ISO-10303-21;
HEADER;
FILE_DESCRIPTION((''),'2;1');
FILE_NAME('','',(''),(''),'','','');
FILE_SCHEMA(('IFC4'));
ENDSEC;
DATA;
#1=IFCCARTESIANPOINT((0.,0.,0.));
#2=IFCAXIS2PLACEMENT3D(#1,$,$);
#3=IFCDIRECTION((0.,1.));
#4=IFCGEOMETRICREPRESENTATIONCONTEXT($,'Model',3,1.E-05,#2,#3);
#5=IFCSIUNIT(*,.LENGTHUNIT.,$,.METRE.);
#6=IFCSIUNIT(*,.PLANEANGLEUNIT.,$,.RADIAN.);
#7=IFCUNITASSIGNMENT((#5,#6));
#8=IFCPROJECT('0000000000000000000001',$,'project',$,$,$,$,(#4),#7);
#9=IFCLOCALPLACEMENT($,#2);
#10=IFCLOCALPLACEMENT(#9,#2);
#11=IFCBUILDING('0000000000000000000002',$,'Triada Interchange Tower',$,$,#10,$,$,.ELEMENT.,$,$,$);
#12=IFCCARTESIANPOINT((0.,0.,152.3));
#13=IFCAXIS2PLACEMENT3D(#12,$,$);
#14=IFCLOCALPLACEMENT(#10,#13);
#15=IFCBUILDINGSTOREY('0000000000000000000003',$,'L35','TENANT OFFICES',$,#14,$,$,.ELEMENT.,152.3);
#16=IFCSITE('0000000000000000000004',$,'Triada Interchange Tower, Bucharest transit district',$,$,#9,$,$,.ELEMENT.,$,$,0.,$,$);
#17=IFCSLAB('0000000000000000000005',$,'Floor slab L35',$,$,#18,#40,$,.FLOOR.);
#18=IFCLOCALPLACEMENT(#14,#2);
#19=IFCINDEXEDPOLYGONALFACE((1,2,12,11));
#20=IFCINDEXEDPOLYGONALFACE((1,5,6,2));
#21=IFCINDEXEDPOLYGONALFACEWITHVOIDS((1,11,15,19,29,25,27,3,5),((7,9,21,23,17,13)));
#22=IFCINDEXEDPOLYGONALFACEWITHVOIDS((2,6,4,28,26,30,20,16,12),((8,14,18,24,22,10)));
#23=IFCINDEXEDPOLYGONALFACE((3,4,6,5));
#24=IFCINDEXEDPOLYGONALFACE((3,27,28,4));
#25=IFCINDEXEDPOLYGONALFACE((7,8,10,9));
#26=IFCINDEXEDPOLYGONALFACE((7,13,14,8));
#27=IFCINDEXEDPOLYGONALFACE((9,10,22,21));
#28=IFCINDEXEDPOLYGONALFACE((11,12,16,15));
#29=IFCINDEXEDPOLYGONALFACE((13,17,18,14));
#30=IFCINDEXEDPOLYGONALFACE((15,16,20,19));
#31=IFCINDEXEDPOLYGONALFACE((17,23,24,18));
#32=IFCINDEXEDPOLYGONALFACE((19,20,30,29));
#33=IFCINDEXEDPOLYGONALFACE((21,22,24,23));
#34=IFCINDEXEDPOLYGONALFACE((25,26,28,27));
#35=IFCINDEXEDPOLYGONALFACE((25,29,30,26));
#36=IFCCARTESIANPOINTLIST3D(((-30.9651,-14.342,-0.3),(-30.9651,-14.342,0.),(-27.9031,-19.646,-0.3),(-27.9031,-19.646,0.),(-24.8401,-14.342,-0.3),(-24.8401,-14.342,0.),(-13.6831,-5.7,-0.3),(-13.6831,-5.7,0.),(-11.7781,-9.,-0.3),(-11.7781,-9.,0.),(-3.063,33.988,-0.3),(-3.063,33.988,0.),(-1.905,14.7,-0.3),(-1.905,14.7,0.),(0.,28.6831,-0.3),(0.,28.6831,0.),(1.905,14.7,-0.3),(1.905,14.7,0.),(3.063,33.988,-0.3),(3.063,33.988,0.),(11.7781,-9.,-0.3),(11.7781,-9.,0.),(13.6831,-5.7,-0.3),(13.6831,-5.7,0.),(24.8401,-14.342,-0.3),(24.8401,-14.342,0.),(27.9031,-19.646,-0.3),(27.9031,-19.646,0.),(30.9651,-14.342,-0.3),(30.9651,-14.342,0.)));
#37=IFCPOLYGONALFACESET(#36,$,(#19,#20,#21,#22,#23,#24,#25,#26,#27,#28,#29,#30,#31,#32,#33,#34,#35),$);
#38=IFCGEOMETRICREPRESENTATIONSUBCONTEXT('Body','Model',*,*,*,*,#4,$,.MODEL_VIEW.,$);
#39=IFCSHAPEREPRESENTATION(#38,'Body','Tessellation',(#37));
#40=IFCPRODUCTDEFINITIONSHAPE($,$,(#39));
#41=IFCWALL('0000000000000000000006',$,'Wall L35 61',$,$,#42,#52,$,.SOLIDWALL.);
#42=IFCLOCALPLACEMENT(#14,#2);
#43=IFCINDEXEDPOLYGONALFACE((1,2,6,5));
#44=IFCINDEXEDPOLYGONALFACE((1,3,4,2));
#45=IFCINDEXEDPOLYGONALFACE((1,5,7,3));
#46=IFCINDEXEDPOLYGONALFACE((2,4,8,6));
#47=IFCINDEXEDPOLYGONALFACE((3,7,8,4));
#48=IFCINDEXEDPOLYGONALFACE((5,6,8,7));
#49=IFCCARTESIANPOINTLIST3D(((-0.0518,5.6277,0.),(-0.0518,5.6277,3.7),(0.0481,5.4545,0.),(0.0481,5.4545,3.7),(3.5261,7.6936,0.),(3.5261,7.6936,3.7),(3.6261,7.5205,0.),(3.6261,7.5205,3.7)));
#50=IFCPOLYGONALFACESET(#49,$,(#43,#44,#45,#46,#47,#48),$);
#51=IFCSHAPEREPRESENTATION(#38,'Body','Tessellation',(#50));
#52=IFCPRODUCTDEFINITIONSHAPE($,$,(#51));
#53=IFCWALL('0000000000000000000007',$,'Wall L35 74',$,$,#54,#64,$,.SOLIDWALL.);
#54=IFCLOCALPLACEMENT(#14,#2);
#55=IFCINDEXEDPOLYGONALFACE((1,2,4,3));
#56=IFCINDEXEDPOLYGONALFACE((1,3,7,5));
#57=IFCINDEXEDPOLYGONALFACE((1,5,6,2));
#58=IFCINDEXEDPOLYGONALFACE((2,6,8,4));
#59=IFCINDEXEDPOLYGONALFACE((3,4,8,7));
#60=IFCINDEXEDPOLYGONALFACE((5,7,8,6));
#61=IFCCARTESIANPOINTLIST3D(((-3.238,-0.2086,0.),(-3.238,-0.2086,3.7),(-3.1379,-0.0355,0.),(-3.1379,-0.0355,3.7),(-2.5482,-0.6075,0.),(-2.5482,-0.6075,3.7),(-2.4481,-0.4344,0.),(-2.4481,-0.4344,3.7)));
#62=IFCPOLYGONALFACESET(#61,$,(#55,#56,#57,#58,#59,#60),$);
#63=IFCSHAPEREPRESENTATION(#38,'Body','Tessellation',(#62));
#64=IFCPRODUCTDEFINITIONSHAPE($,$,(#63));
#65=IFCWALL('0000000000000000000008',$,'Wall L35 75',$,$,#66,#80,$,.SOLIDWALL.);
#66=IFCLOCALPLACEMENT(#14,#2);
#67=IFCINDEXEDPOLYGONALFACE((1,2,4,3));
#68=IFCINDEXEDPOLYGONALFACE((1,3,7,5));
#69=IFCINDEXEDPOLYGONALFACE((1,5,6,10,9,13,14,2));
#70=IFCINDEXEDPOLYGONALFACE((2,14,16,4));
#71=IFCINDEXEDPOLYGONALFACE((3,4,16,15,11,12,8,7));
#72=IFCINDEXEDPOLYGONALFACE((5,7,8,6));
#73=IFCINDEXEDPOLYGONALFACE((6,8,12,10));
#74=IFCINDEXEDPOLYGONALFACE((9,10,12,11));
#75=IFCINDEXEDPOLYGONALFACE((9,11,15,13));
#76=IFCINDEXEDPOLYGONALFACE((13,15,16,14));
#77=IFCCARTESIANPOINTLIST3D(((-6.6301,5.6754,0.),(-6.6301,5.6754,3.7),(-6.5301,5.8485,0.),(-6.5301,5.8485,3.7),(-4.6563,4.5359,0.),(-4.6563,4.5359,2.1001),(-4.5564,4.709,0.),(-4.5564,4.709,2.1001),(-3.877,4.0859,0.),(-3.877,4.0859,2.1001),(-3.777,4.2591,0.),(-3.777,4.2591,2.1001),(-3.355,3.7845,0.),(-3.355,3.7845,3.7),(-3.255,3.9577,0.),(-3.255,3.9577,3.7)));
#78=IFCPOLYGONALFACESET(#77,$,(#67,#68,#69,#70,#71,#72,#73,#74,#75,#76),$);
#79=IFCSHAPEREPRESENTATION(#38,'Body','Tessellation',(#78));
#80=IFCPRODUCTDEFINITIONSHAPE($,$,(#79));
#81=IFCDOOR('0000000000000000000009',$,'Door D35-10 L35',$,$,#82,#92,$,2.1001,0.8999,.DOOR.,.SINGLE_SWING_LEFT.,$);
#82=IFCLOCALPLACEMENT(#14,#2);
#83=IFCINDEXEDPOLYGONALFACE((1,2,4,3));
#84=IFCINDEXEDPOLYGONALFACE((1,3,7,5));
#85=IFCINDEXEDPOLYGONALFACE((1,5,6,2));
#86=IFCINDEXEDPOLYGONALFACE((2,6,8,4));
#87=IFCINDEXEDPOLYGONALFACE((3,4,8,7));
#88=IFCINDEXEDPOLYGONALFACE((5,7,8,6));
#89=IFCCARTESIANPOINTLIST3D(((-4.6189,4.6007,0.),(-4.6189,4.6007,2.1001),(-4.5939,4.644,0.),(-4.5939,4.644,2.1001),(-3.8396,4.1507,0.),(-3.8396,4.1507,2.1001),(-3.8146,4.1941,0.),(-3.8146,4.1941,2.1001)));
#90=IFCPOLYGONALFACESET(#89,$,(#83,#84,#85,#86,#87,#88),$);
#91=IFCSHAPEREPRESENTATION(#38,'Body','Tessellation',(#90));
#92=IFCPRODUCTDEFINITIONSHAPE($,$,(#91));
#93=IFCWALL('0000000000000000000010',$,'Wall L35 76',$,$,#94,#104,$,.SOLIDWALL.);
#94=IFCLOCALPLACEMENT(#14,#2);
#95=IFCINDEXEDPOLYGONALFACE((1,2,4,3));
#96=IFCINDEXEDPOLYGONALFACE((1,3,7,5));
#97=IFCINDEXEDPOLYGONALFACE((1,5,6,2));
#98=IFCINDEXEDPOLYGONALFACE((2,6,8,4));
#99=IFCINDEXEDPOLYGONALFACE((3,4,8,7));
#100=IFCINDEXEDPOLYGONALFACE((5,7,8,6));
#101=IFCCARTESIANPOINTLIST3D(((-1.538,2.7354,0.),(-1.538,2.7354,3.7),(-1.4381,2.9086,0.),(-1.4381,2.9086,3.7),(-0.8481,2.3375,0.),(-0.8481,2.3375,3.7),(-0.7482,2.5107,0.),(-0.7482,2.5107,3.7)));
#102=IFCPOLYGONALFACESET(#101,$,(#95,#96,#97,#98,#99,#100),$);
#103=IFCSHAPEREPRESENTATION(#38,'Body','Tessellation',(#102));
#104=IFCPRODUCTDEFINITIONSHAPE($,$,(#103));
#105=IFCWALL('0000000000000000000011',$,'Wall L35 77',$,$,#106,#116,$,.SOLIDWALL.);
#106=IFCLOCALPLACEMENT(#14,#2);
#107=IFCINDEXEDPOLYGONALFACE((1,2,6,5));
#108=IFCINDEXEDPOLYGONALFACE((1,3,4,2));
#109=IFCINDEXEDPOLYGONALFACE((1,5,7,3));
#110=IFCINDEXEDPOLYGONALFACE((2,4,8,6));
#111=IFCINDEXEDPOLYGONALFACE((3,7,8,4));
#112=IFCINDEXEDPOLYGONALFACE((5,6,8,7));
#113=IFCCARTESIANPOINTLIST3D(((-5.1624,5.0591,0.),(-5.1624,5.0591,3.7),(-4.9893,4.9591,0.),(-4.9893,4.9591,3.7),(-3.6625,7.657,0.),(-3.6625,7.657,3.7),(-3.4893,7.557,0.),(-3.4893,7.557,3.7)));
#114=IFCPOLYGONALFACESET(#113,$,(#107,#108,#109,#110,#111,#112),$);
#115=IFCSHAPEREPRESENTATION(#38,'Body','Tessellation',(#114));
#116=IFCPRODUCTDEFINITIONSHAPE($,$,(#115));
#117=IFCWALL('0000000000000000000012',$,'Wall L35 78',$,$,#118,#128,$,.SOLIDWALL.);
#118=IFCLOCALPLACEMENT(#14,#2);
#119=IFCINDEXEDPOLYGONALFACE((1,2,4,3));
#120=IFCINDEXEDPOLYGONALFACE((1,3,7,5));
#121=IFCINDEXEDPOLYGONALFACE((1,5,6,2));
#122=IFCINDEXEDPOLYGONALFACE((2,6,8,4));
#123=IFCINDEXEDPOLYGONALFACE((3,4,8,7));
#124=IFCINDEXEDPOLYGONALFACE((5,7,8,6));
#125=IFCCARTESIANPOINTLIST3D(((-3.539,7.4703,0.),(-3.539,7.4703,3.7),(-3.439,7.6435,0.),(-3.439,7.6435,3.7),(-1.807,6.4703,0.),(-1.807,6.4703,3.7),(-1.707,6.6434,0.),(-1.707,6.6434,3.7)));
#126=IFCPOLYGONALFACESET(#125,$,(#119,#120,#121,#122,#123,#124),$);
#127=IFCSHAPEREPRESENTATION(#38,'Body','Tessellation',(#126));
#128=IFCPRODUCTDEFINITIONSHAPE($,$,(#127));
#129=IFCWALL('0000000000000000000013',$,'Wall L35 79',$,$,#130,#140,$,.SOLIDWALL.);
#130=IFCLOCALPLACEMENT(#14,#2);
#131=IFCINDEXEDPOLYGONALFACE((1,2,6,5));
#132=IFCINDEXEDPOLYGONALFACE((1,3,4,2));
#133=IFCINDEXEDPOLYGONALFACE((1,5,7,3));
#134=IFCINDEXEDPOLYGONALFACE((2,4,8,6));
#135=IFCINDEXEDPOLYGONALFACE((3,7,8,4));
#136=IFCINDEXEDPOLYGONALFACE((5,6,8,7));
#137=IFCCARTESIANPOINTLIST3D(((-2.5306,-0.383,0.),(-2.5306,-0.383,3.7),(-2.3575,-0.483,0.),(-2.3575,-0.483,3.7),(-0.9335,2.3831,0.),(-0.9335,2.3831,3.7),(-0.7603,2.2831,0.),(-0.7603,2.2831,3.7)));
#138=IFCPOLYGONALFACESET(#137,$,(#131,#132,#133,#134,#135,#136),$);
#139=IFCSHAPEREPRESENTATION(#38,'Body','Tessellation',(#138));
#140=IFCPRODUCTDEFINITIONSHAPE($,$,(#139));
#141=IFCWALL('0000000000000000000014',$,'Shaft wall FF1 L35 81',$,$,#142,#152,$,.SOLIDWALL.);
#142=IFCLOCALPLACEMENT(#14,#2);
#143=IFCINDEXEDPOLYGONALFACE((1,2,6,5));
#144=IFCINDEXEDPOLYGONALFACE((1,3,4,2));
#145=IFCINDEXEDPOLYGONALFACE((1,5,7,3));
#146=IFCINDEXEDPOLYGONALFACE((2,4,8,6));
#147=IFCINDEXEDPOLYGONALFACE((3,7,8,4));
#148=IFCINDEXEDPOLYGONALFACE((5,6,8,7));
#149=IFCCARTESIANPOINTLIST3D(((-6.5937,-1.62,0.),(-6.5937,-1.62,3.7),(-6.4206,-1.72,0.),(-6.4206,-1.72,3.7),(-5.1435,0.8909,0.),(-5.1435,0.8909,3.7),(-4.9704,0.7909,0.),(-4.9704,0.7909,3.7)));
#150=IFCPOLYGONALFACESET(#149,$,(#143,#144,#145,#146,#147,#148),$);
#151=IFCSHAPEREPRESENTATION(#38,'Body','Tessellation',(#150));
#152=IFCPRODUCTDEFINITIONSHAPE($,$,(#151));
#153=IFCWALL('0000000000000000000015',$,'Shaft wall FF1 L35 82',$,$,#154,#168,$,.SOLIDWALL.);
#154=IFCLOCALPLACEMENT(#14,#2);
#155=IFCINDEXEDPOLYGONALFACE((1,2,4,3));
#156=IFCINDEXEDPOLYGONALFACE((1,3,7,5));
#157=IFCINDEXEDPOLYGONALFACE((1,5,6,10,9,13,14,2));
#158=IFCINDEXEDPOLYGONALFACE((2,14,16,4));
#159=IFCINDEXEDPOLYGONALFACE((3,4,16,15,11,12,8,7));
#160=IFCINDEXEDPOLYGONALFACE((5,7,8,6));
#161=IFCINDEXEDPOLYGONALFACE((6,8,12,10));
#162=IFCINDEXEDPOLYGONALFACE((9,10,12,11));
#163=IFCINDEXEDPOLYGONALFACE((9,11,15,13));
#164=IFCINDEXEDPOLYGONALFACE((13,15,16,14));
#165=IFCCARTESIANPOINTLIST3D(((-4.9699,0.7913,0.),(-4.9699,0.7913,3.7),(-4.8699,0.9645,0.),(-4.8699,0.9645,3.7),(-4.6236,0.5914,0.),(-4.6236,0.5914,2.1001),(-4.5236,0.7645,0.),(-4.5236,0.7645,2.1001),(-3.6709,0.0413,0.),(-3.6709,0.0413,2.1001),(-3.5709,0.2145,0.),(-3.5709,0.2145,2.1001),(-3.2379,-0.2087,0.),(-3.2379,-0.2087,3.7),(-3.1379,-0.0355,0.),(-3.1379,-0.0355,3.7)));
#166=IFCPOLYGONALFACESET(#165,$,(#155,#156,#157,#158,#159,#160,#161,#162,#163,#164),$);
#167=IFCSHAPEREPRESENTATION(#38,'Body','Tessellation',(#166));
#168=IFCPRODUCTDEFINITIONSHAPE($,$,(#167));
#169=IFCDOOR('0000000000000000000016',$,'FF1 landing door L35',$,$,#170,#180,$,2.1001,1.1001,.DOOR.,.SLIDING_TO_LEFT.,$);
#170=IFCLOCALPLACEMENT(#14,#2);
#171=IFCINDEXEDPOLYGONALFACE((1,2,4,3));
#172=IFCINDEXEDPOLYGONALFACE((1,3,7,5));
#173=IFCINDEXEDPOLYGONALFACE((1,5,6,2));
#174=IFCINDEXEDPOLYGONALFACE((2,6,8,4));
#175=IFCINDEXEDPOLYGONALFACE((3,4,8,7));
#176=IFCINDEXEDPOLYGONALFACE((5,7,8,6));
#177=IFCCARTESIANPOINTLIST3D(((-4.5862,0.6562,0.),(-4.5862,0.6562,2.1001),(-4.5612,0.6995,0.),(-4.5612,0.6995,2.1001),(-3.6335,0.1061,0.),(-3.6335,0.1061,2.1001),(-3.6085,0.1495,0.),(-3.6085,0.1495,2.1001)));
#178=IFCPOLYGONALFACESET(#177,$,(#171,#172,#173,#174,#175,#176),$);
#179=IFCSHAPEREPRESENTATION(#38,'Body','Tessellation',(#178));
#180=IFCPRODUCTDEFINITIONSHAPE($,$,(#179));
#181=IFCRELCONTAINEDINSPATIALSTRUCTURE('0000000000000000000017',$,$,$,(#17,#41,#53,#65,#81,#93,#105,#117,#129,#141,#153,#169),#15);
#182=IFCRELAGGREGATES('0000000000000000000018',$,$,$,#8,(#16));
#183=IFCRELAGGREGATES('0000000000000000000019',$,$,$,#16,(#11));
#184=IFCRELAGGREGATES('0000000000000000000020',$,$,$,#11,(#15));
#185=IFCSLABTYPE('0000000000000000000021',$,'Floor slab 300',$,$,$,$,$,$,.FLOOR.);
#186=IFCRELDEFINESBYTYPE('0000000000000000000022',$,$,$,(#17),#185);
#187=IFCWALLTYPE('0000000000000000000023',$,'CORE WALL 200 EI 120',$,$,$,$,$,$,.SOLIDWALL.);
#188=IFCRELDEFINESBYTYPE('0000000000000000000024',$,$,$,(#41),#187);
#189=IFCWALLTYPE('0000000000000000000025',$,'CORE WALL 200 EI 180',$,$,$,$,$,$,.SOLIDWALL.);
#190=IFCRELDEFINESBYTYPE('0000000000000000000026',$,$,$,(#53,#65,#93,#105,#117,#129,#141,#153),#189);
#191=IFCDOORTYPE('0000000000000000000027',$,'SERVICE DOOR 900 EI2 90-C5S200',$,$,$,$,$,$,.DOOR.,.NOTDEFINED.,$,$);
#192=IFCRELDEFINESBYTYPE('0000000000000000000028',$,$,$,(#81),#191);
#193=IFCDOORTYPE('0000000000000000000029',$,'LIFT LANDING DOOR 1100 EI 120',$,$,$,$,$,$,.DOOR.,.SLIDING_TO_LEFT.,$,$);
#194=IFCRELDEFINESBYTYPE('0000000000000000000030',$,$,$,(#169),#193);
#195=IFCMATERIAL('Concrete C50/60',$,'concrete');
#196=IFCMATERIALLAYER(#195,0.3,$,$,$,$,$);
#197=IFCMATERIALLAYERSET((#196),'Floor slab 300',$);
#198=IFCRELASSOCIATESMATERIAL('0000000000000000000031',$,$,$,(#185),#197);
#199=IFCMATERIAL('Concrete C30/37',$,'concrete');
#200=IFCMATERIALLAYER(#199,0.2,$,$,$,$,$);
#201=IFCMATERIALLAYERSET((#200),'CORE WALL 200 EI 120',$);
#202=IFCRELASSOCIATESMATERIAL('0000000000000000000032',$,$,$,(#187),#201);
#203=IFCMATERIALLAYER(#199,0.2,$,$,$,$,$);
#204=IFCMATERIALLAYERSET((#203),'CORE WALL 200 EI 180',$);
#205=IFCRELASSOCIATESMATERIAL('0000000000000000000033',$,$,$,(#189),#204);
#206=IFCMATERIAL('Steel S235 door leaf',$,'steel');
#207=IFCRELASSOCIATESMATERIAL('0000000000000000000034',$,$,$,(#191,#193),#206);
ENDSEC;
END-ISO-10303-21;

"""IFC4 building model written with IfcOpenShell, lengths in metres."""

from ifc_helpers import new_model, si_unit, direction, frame, frame_2d, origin, place, context, subcontext, project, spatial, polyline, rectangle, outline, extrude, material, layer, layer_set, type_object, element, fill, save


model = new_model("IFC4")

# Units and contexts
model_context = context("Model", 3, precision=1e-05, world=origin(), true_north=direction((0.0, 1.0)))
body_context = subcontext(model_context, "Body", "Model", "MODEL_VIEW")
ifc_project = project(units=[si_unit("LENGTHUNIT", "METRE"), si_unit("PLANEANGLEUNIT", "RADIAN")], contexts=[model_context])

# Site, building, storey
site_placement = place(None, origin())
site = spatial("IfcSite", under=ifc_project, at=site_placement, Name="Triada Interchange Tower, Bucharest transit district", CompositionType="ELEMENT", RefElevation=0.0)
building_placement = place(site_placement, origin())
building = spatial("IfcBuilding", under=site, at=building_placement, Name="Triada Interchange Tower", CompositionType="ELEMENT")
storey_placement = place(building_placement, frame((0.0, 0.0, 152.3)))
storey = spatial("IfcBuildingStorey", under=building, at=storey_placement, Name="L35", Description="TENANT OFFICES", CompositionType="ELEMENT", Elevation=152.3)

# Slab
ifc_material_1 = material(Name="Concrete C50/60", Category="concrete")
ifc_layer_1 = layer(ifc_material_1, 0.3)
ifc_layer_set_1 = layer_set([ifc_layer_1], Name="Floor slab 300")
slab_type = type_object("IfcSlabType", Name="Floor slab 300", PredefinedType="FLOOR", material=ifc_layer_set_1)
slab_placement = place(storey_placement, frame((0.0, 0.0, -0.3)))
element("IfcSlab", 1, at=slab_placement, inside=storey, type_object=slab_type, Name="Floor slab L35", PredefinedType="FLOOR", context=body_context, shape_type="SweptSolid", body=[
    extrude(outline(polyline([(-3.063, 33.988), (-30.9651, -14.342), (-24.8401, -14.342), (-27.9031, -19.646), (27.9031, -19.646), (24.8401, -14.342), (30.9651, -14.342), (3.063, 33.988), (0.0, 28.6831), (-3.063, 33.988)]), holes=[polyline([(1.905, 14.7), (-1.905, 14.7), (-13.6831, -5.7), (-11.7781, -9.0), (11.7781, -9.0), (13.6831, -5.7), (1.905, 14.7)])]), origin(), (0.0, 0.0, 1.0), 0.3),
])

# Walls
ifc_material_2 = material(Name="Concrete C30/37", Category="concrete")
ifc_layer_2 = layer(ifc_material_2, 0.2)
ifc_layer_set_2 = layer_set([ifc_layer_2], Name="CORE WALL 200 EI 120")
wall_type_1 = type_object("IfcWallType", Name="CORE WALL 200 EI 120", PredefinedType="SOLIDWALL", material=ifc_layer_set_2)
wall_1_placement = place(storey_placement, frame((-0.002, 5.541, 0.0), z_axis=(0.0, 0.0, 1.0), x_axis=(0.866002, 0.500041, 0.0)))
element("IfcWall", 2, at=wall_1_placement, inside=storey, type_object=wall_type_1, Name="Wall L35 61", PredefinedType="SOLIDWALL", context=body_context, shape_type="SweptSolid", body=[
    extrude(rectangle(XDim=4.1316, YDim=0.2, at=frame_2d((2.0659, 0.0))), origin(), (0.0, 0.0, 1.0), 3.7),
])
ifc_layer_3 = layer(ifc_material_2, 0.2)
ifc_layer_set_3 = layer_set([ifc_layer_3], Name="CORE WALL 200 EI 180")
wall_type_2 = type_object("IfcWallType", Name="CORE WALL 200 EI 180", PredefinedType="SOLIDWALL", material=ifc_layer_set_3)
wall_2_placement = place(storey_placement, frame((-3.188, -0.1221, 0.0), z_axis=(0.0, 0.0, 1.0), x_axis=(0.865706, -0.500553, 0.0)))
element("IfcWall", 3, at=wall_2_placement, inside=storey, type_object=wall_type_2, Name="Wall L35 74", PredefinedType="SOLIDWALL", context=body_context, shape_type="SweptSolid", body=[
    extrude(rectangle(XDim=0.7969, YDim=0.2, at=frame_2d((0.3984, 0.0))), origin(), (0.0, 0.0, 1.0), 3.7),
])

# Wall, opening, door
wall_3_placement = place(storey_placement, frame((-6.5801, 5.762, 0.0), z_axis=(0.0, 0.0, 1.0), x_axis=(0.86603, -0.499993, 0.0)))
wall_3 = element("IfcWall", 4, at=wall_3_placement, inside=storey, type_object=wall_type_2, Name="Wall L35 75", PredefinedType="SOLIDWALL", context=body_context, shape_type="SweptSolid", body=[
    extrude(rectangle(XDim=3.7817, YDim=0.2, at=frame_2d((1.8909, 0.0))), origin(), (0.0, 0.0, 1.0), 3.7),
])
opening_1_placement = place(wall_3_placement, frame((2.2791, 0.0, 0.0)))
opening_1 = element("IfcOpeningElement", 5, at=opening_1_placement, cuts=wall_3, PredefinedType="OPENING", context=body_context, shape_type="SweptSolid", body=[
    extrude(rectangle(XDim=0.8999, YDim=2.1001, at=frame_2d((0.45, 1.05))), frame((0.0, 0.1099, 0.0), z_axis=(0.0, -1.0, 0.0), x_axis=(1.0, 0.0, 0.0)), (0.0, 0.0, 1.0), 0.22),
])
ifc_material_3 = material(Name="Steel S235 door leaf", Category="steel")
door_type_1 = type_object("IfcDoorType", Name="SERVICE DOOR 900 EI2 90-C5S200", OperationType="NOTDEFINED", PredefinedType="DOOR", material=ifc_material_3)
door_1_placement = place(opening_1_placement, origin())
door_1 = element("IfcDoor", 6, at=door_1_placement, inside=storey, type_object=door_type_1, Name="Door D35-10 L35", OperationType="SINGLE_SWING_LEFT", OverallHeight=2.1001, OverallWidth=0.8999, PredefinedType="DOOR", context=body_context, shape_type="SweptSolid", body=[
    extrude(rectangle(XDim=0.8999, YDim=2.1001, at=frame_2d((0.45, 1.05))), frame((0.0, 0.0249, 0.0), z_axis=(0.0, -1.0, 0.0), x_axis=(1.0, 0.0, 0.0)), (0.0, 0.0, 1.0), 0.05),
])
fill(opening_1, door_1)

# Walls
wall_4_placement = place(storey_placement, frame((-1.488, 2.822, 0.0), z_axis=(0.0, 0.0, 1.0), x_axis=(0.866237, -0.499634, 0.0)))
element("IfcWall", 7, at=wall_4_placement, inside=storey, type_object=wall_type_2, Name="Wall L35 76", PredefinedType="SOLIDWALL", context=body_context, shape_type="SweptSolid", body=[
    extrude(rectangle(XDim=0.7964, YDim=0.2, at=frame_2d((0.3982, 0.0))), origin(), (0.0, 0.0, 1.0), 3.7),
])
wall_5_placement = place(storey_placement, frame((-5.0759, 5.009, 0.0), z_axis=(0.0, 0.0, 1.0), x_axis=(0.500025, 0.866011, 0.0)))
element("IfcWall", 8, at=wall_5_placement, inside=storey, type_object=wall_type_2, Name="Wall L35 77", PredefinedType="SOLIDWALL", context=body_context, shape_type="SweptSolid", body=[
    extrude(rectangle(XDim=2.9998, YDim=0.2, at=frame_2d((1.5, 0.0))), origin(), (0.0, 0.0, 1.0), 3.7),
])
wall_6_placement = place(storey_placement, frame((-3.489, 7.5569, 0.0), z_axis=(0.0, 0.0, 1.0), x_axis=(0.866011, -0.500025, 0.0)))
element("IfcWall", 9, at=wall_6_placement, inside=storey, type_object=wall_type_2, Name="Wall L35 78", PredefinedType="SOLIDWALL", context=body_context, shape_type="SweptSolid", body=[
    extrude(rectangle(XDim=2.0, YDim=0.2, at=frame_2d((1.0, 0.0))), origin(), (0.0, 0.0, 1.0), 3.7),
])
wall_7_placement = place(storey_placement, frame((-2.4441, -0.4331, 0.0), z_axis=(0.0, 0.0, 1.0), x_axis=(0.500036, 0.866005, 0.0)))
element("IfcWall", 10, at=wall_7_placement, inside=storey, type_object=wall_type_2, Name="Wall L35 79", PredefinedType="SOLIDWALL", context=body_context, shape_type="SweptSolid", body=[
    extrude(rectangle(XDim=3.1941, YDim=0.2, at=frame_2d((1.5972, 0.0))), origin(), (0.0, 0.0, 1.0), 3.7),
])
wall_8_placement = place(storey_placement, frame((-6.5071, -1.6699, 0.0), z_axis=(0.0, 0.0, 1.0), x_axis=(0.500123, 0.865954, 0.0)))
element("IfcWall", 11, at=wall_8_placement, inside=storey, type_object=wall_type_2, Name="Shaft wall FF1 L35 81", PredefinedType="SOLIDWALL", context=body_context, shape_type="SweptSolid", body=[
    extrude(rectangle(XDim=2.8997, YDim=0.2, at=frame_2d((1.4497, 0.0))), origin(), (0.0, 0.0, 1.0), 3.7),
])

# Wall, opening, door
wall_9_placement = place(storey_placement, frame((-4.9199, 0.8779, 0.0), z_axis=(0.0, 0.0, 1.0), x_axis=(0.866011, -0.500025, 0.0)))
wall_9 = element("IfcWall", 12, at=wall_9_placement, inside=storey, type_object=wall_type_2, Name="Shaft wall FF1 L35 82", PredefinedType="SOLIDWALL", context=body_context, shape_type="SweptSolid", body=[
    extrude(rectangle(XDim=2.0, YDim=0.2, at=frame_2d((1.0, 0.0))), origin(), (0.0, 0.0, 1.0), 3.7),
])
opening_2_placement = place(wall_9_placement, frame((0.3999, 0.0, 0.0)))
opening_2 = element("IfcOpeningElement", 13, at=opening_2_placement, cuts=wall_9, PredefinedType="OPENING", context=body_context, shape_type="SweptSolid", body=[
    extrude(rectangle(XDim=1.1001, YDim=2.1001, at=frame_2d((0.55, 1.05))), frame((0.0, 0.1099, 0.0), z_axis=(0.0, -1.0, 0.0), x_axis=(1.0, 0.0, 0.0)), (0.0, 0.0, 1.0), 0.22),
])
door_type_2 = type_object("IfcDoorType", Name="LIFT LANDING DOOR 1100 EI 120", OperationType="SLIDING_TO_LEFT", PredefinedType="DOOR", material=ifc_material_3)
door_2_placement = place(opening_2_placement, origin())
door_2 = element("IfcDoor", 14, at=door_2_placement, inside=storey, type_object=door_type_2, Name="FF1 landing door L35", OperationType="SLIDING_TO_LEFT", OverallHeight=2.1001, OverallWidth=1.1001, PredefinedType="DOOR", context=body_context, shape_type="SweptSolid", body=[
    extrude(rectangle(XDim=1.1001, YDim=2.1001, at=frame_2d((0.55, 1.05))), frame((0.0, 0.0249, 0.0), z_axis=(0.0, -1.0, 0.0), x_axis=(1.0, 0.0, 0.0)), (0.0, 0.0, 1.0), 0.05),
])
fill(opening_2, door_2)

save(model, "model.ifc")
